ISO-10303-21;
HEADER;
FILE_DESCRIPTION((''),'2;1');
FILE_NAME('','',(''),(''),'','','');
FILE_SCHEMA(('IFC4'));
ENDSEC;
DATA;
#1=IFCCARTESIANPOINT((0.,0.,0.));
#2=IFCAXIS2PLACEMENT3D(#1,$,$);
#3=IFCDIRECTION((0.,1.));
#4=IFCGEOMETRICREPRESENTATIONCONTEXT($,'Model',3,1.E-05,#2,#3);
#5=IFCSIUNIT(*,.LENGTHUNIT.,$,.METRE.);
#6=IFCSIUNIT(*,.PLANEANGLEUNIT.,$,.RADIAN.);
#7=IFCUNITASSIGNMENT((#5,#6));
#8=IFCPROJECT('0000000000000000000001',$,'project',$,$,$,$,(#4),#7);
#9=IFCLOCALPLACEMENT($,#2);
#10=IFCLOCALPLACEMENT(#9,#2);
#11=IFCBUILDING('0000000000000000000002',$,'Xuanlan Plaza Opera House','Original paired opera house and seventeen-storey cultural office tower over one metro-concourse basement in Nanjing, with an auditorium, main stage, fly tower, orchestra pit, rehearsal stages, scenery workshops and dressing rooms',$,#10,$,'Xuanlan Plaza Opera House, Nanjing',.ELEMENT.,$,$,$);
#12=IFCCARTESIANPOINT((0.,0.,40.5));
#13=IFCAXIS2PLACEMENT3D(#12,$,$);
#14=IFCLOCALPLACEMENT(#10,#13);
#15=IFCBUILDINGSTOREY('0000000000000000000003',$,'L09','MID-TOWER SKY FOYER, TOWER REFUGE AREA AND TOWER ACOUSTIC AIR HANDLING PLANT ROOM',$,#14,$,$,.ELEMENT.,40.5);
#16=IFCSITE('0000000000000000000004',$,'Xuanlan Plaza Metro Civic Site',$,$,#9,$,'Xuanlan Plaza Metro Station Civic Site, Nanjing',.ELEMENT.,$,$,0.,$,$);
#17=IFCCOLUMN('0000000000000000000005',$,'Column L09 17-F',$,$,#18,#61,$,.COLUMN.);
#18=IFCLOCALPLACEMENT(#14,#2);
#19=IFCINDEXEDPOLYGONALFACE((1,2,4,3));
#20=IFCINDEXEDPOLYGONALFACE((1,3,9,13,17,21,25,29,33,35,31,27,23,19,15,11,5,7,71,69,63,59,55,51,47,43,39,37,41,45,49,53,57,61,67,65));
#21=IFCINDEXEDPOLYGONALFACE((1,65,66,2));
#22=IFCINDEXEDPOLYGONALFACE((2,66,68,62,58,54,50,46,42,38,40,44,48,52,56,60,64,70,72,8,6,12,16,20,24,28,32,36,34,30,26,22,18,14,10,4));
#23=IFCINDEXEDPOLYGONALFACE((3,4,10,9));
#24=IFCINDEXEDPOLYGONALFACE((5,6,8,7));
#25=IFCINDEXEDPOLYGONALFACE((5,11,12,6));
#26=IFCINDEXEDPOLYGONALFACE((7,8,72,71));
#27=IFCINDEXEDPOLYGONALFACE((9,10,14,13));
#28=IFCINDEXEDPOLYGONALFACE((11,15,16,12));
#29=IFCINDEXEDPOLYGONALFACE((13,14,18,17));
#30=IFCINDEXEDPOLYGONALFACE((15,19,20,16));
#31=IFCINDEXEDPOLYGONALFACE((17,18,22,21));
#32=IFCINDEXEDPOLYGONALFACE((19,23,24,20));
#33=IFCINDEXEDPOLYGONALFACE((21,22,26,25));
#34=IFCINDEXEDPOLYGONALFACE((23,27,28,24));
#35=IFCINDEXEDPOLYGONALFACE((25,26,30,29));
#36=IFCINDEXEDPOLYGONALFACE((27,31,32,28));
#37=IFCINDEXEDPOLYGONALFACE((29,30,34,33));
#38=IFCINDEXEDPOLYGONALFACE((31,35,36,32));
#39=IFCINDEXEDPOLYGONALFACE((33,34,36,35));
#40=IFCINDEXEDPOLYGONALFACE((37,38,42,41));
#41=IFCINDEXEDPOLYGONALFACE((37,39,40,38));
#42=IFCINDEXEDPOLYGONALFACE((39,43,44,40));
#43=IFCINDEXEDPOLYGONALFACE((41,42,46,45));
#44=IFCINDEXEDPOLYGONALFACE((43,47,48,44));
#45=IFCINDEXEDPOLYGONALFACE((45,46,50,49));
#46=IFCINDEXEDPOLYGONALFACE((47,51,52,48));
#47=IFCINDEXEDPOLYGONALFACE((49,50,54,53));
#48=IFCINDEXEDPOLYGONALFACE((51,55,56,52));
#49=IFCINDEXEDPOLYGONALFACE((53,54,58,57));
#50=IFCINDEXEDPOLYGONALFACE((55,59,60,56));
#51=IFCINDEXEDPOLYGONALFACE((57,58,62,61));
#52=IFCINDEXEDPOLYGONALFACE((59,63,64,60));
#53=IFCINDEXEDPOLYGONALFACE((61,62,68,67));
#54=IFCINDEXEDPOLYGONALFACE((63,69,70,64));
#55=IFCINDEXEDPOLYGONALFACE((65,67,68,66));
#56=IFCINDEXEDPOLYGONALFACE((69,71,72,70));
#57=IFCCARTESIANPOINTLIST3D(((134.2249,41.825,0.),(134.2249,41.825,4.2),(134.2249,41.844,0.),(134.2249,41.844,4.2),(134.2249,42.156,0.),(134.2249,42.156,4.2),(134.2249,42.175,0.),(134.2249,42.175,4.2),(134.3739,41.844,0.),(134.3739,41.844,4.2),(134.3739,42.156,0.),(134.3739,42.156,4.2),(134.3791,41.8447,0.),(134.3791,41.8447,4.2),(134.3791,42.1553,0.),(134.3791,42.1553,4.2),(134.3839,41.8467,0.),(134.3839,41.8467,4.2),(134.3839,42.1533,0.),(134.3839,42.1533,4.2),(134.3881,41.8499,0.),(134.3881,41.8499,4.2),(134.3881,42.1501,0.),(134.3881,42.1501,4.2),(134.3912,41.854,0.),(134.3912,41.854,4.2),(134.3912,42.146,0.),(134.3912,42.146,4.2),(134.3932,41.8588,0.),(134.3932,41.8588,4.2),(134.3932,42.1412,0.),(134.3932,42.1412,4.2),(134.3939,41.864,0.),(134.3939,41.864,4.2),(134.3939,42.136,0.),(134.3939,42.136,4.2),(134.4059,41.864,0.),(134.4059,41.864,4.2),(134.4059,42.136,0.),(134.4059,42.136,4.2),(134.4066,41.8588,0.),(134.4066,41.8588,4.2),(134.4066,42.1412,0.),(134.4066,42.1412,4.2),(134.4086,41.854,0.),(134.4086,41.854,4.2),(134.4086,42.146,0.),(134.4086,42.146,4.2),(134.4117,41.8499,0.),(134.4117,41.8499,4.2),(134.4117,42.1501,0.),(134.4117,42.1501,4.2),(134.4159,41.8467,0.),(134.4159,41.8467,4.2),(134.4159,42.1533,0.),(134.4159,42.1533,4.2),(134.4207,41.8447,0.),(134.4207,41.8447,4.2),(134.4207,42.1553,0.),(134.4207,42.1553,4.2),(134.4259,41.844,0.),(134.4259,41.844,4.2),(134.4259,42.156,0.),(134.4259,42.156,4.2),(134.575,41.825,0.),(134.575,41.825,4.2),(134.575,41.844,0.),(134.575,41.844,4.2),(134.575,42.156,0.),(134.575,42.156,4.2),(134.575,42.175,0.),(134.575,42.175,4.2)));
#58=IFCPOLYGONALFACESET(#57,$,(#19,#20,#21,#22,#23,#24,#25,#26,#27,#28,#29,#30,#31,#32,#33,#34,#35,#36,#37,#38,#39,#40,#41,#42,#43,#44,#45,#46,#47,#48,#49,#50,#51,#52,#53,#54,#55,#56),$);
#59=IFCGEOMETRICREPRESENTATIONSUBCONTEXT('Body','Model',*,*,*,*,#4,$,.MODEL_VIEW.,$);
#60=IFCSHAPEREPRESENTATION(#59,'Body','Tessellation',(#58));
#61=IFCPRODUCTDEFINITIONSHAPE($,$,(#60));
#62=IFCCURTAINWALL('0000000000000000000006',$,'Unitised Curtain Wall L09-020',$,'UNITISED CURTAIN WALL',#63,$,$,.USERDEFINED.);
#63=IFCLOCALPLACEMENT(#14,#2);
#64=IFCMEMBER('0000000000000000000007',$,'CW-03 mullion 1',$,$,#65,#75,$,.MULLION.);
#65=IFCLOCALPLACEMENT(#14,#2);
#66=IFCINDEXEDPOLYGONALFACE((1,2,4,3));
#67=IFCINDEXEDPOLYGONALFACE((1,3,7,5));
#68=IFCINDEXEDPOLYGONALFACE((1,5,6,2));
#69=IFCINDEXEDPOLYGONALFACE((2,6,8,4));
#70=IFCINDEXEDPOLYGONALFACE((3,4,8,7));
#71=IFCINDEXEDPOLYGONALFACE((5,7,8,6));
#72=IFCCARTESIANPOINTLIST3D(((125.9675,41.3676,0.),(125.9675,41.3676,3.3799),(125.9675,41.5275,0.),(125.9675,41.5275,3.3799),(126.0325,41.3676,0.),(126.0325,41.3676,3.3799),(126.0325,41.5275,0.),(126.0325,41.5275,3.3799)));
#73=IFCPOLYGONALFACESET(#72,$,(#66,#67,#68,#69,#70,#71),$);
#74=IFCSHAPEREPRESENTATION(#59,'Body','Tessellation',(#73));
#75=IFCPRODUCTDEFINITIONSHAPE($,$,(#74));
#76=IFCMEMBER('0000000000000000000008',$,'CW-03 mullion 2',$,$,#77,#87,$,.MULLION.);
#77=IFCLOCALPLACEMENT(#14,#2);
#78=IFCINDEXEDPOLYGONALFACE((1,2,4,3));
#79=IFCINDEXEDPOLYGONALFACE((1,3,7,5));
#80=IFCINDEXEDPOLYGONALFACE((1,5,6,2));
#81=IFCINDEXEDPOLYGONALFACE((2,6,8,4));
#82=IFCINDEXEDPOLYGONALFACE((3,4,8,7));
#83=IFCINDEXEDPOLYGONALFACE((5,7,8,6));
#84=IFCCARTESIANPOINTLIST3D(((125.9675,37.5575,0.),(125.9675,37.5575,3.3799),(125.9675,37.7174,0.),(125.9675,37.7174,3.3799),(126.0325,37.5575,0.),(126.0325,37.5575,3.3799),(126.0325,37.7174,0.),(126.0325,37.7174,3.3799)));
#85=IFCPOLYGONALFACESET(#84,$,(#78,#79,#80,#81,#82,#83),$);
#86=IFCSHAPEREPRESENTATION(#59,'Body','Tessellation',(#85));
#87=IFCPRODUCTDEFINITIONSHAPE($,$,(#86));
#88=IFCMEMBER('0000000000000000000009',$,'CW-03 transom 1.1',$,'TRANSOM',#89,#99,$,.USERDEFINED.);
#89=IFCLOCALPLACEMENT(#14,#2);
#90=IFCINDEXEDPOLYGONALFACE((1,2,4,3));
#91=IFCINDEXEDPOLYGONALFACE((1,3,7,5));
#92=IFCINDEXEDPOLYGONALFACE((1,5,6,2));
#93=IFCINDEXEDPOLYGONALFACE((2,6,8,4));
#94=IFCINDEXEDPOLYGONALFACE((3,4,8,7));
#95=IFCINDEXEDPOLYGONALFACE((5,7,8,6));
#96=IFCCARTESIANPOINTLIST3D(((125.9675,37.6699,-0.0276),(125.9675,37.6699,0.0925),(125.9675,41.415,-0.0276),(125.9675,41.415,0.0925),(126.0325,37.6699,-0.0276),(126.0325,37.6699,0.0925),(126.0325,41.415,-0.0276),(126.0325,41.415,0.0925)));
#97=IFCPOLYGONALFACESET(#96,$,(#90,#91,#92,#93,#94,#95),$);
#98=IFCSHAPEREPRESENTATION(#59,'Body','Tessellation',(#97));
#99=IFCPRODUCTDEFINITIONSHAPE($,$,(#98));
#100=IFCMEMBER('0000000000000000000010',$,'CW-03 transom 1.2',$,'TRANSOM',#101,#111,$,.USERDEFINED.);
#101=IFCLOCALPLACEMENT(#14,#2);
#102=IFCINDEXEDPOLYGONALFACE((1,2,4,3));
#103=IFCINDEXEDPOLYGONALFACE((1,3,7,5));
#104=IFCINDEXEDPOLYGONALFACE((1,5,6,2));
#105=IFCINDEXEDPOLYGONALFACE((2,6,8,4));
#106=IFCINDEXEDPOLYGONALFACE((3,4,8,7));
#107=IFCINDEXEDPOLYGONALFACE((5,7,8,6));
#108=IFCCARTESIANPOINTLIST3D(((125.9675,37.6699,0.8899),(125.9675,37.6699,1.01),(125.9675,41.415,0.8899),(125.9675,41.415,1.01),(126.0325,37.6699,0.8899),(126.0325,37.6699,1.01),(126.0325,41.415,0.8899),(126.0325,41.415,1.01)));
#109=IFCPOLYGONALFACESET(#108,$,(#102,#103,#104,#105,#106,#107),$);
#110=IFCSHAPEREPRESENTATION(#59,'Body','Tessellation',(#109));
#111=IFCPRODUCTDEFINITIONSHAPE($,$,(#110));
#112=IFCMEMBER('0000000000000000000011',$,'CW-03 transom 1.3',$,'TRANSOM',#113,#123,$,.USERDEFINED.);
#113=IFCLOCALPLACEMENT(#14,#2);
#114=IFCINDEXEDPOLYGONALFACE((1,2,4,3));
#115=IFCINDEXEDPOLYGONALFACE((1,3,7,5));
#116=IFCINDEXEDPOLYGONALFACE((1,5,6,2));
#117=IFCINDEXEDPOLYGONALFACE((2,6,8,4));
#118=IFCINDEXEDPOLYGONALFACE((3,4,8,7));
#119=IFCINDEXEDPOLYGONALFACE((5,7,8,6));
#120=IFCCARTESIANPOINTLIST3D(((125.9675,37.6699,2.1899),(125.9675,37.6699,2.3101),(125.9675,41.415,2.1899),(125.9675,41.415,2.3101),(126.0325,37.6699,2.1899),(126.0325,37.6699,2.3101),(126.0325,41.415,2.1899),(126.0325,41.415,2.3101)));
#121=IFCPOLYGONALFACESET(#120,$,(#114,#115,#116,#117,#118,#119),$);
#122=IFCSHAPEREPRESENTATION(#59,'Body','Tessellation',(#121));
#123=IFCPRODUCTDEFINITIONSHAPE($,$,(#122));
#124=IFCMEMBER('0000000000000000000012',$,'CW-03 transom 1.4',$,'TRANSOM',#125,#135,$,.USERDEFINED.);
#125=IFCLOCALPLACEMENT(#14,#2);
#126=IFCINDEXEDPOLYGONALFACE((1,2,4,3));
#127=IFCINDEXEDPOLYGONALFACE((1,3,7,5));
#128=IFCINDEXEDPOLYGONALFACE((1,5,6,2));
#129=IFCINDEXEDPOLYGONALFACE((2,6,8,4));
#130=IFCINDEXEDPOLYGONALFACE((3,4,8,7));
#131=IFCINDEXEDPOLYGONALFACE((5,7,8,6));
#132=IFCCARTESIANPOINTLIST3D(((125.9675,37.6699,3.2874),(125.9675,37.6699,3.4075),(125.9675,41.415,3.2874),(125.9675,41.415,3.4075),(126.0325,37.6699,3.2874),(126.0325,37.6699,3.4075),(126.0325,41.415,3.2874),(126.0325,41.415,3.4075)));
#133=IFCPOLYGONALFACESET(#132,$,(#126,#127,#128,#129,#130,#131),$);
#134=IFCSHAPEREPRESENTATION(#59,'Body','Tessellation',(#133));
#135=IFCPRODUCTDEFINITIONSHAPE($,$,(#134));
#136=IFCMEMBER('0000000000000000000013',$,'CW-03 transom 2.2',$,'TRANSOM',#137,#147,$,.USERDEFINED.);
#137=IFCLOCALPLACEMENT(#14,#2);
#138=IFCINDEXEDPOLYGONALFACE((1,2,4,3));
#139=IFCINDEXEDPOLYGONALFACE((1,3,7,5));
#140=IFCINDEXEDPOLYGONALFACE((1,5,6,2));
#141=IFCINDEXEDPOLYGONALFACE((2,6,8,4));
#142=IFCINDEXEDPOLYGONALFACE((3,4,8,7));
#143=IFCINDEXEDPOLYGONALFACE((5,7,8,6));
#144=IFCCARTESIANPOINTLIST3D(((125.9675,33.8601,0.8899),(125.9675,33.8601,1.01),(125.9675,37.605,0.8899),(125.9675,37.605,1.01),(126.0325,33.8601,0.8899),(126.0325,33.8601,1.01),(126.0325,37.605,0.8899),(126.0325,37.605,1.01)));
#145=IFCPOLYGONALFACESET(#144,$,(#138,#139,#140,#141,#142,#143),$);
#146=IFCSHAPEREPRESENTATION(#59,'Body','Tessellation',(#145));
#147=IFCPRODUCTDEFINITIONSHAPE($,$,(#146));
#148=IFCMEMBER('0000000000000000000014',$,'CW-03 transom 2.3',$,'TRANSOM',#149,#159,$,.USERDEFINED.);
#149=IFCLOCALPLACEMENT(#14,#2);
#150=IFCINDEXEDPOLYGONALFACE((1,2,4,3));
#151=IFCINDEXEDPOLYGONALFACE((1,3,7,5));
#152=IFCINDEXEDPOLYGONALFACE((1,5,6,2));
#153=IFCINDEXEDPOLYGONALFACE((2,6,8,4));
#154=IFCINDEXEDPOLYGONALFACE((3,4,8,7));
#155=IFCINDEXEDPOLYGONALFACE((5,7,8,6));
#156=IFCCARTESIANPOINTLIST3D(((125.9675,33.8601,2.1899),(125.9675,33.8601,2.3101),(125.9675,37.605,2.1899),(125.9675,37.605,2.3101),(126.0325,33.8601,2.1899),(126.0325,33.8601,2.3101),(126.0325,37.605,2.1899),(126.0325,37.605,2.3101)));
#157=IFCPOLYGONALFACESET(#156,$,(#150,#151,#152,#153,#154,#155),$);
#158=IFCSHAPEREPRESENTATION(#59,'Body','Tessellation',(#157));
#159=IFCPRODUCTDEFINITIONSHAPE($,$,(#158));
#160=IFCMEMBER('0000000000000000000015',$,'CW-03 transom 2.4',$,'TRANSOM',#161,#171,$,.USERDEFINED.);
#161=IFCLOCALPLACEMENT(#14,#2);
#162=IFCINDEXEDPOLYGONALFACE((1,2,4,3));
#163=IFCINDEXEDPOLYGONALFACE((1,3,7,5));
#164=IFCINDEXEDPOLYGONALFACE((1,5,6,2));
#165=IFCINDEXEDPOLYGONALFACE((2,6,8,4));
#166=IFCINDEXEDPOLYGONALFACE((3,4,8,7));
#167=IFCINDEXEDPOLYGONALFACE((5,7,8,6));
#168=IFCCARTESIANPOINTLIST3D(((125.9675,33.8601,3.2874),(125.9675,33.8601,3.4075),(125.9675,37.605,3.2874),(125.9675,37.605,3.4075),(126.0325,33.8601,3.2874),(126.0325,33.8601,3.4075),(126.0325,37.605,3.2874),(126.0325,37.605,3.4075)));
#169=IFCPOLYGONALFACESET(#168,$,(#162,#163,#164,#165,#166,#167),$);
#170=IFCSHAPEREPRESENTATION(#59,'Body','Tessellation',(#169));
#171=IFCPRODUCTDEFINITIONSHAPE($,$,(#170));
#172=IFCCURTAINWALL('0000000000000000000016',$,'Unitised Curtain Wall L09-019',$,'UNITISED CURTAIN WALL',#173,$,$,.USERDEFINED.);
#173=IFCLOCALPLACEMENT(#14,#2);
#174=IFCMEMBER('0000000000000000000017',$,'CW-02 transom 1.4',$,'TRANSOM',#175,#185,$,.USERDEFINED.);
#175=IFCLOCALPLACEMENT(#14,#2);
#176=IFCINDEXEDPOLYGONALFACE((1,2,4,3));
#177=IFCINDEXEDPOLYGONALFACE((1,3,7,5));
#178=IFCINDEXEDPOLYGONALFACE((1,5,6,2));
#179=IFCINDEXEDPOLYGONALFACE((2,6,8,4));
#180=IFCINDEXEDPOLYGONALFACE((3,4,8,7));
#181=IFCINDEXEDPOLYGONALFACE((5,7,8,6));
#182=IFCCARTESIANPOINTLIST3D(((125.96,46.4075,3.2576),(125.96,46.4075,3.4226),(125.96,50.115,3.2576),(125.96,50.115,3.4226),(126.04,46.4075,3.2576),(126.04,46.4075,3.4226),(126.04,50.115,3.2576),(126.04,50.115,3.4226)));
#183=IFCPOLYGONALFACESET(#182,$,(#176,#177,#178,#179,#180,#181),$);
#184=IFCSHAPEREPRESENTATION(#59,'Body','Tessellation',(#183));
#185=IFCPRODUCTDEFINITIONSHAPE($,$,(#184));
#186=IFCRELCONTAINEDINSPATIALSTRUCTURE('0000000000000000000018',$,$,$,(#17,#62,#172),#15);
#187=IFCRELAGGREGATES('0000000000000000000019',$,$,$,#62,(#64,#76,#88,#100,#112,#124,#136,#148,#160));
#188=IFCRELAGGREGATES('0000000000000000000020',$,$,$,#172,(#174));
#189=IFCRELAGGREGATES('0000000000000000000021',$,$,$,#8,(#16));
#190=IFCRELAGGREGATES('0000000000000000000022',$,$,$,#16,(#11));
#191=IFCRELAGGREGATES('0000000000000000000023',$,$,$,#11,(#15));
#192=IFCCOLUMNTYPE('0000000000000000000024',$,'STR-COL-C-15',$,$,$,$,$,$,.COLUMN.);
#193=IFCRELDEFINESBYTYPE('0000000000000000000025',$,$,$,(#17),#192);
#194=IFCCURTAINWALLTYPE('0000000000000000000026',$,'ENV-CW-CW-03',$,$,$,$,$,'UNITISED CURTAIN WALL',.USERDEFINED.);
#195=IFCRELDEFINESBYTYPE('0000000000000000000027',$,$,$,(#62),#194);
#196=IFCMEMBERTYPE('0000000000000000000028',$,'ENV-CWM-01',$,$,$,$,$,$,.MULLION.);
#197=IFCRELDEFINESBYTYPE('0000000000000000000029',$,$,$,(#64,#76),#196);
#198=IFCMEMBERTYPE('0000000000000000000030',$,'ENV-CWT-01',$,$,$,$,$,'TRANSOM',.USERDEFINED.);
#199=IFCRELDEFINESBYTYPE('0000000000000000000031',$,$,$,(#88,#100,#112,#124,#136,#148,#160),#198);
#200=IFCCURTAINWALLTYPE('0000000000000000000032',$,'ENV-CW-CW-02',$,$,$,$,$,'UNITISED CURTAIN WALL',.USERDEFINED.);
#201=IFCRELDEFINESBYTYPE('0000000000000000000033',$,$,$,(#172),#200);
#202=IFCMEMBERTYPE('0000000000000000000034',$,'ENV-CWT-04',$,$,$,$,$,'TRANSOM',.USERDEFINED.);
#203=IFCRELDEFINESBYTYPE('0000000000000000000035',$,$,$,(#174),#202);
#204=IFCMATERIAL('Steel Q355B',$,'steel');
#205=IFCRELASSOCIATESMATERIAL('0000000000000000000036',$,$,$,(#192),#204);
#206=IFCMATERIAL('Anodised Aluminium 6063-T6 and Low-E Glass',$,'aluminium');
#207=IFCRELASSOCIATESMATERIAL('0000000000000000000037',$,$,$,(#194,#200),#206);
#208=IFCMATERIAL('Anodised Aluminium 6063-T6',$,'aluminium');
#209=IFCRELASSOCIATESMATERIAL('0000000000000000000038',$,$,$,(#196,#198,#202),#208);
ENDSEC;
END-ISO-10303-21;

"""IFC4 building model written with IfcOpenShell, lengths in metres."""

from ifc_helpers import new_model, si_unit, direction, frame, origin, origin_2d, place, context, subcontext, project, spatial, rectangle, i_section, extrude, material, material_profile, profile_set, type_object, element, aggregate, save


model = new_model("IFC4")

# Units and contexts
model_context = context("Model", 3, precision=1e-05, world=origin(), true_north=direction((0.0, 1.0)))
body_context = subcontext(model_context, "Body", "Model", "MODEL_VIEW")
ifc_project = project(units=[si_unit("LENGTHUNIT", "METRE"), si_unit("PLANEANGLEUNIT", "RADIAN")], contexts=[model_context])

# Site, building, storey
site_placement = place(None, origin())
site = spatial("IfcSite", under=ifc_project, at=site_placement, Name="Xuanlan Plaza Metro Civic Site", LongName="Xuanlan Plaza Metro Station Civic Site, Nanjing", CompositionType="ELEMENT", RefElevation=0.0)
building_placement = place(site_placement, origin())
building = spatial("IfcBuilding", under=site, at=building_placement, Name="Xuanlan Plaza Opera House", Description="Original paired opera house and seventeen-storey cultural office tower over one metro-concourse basement in Nanjing, with an auditorium, main stage, fly tower, orchestra pit, rehearsal stages, scenery workshops and dressing rooms", LongName="Xuanlan Plaza Opera House, Nanjing", CompositionType="ELEMENT")
storey_placement = place(building_placement, frame((0.0, 0.0, 40.5)))
storey = spatial("IfcBuildingStorey", under=building, at=storey_placement, Name="L09", Description="MID-TOWER SKY FOYER, TOWER REFUGE AREA AND TOWER ACOUSTIC AIR HANDLING PLANT ROOM", CompositionType="ELEMENT", Elevation=40.5)

# Column
ifc_material_1 = material(Name="Steel Q355B", Category="steel")
ifc_material_profile_1 = material_profile(ifc_material_1, i_section(OverallWidth=0.3501, OverallDepth=0.3501, WebThickness=0.012, FlangeThickness=0.019, FilletRadius=0.02, at=origin_2d()), Name="HW 350x350x12x19")
ifc_profile_set_1 = profile_set([ifc_material_profile_1], Name="Steel Q355B")
column_type = type_object("IfcColumnType", Name="STR-COL-C-15", PredefinedType="COLUMN", material=ifc_profile_set_1)
column_placement = place(storey_placement, frame((134.3999, 42.0, 0.0), z_axis=(0.0, 0.0, 1.0), x_axis=(1.0, 0.0, 0.0)))
element("IfcColumn", 1, at=column_placement, inside=storey, type_object=column_type, Name="Column L09 17-F", PredefinedType="COLUMN", context=body_context, shape_type="SweptSolid", body=[
    extrude(i_section(OverallWidth=0.3501, OverallDepth=0.3501, WebThickness=0.012, FlangeThickness=0.019, FilletRadius=0.02, at=origin_2d()), origin(), (0.0, 0.0, 1.0), 4.2),
])

# Curtain walls, members
ifc_material_2 = material(Name="Anodised Aluminium 6063-T6 and Low-E Glass", Category="aluminium")
curtain_wall_type_1 = type_object("IfcCurtainWallType", Name="ENV-CW-CW-03", ElementType="UNITISED CURTAIN WALL", PredefinedType="USERDEFINED", material=ifc_material_2)
curtain_wall_1_placement = place(storey_placement, origin())
curtain_wall_1 = element("IfcCurtainWall", 2, at=curtain_wall_1_placement, inside=storey, type_object=curtain_wall_type_1, Name="Unitised Curtain Wall L09-020", ObjectType="UNITISED CURTAIN WALL", PredefinedType="USERDEFINED")
ifc_material_3 = material(Name="Anodised Aluminium 6063-T6", Category="aluminium")
ifc_material_profile_2 = material_profile(ifc_material_3, rectangle(XDim=0.0649, YDim=0.1599, at=origin_2d()), Name="ALU-M 65x160")
ifc_profile_set_2 = profile_set([ifc_material_profile_2], Name="Anodised Aluminium 6063-T6")
member_type_1 = type_object("IfcMemberType", Name="ENV-CWM-01", PredefinedType="MULLION", material=ifc_profile_set_2)
member_1_placement = place(storey_placement, frame((126.0, 41.4475, 0.0), z_axis=(0.0, 0.0, 1.0), x_axis=(1.0, 0.0, 0.0)))
member_1 = element("IfcMember", 3, at=member_1_placement, type_object=member_type_1, Name="CW-03 mullion 1", PredefinedType="MULLION", context=body_context, shape_type="SweptSolid", body=[
    extrude(rectangle(XDim=0.0649, YDim=0.1599, at=origin_2d()), origin(), (0.0, 0.0, 1.0), 3.3799),
])
member_2_placement = place(storey_placement, frame((126.0, 37.6375, 0.0), z_axis=(0.0, 0.0, 1.0), x_axis=(1.0, 0.0, 0.0)))
member_2 = element("IfcMember", 4, at=member_2_placement, type_object=member_type_1, Name="CW-03 mullion 2", PredefinedType="MULLION", context=body_context, shape_type="SweptSolid", body=[
    extrude(rectangle(XDim=0.0649, YDim=0.1599, at=origin_2d()), origin(), (0.0, 0.0, 1.0), 3.3799),
])
ifc_material_profile_3 = material_profile(ifc_material_3, rectangle(XDim=0.0649, YDim=0.1201, at=origin_2d()), Name="ALU-T 65x120")
ifc_profile_set_3 = profile_set([ifc_material_profile_3], Name="Anodised Aluminium 6063-T6")
member_type_2 = type_object("IfcMemberType", Name="ENV-CWT-01", ElementType="TRANSOM", PredefinedType="USERDEFINED", material=ifc_profile_set_3)
member_3_placement = place(storey_placement, frame((126.0, 41.415, 0.0325), z_axis=(0.0, -1.0, 0.0), x_axis=(1.0, 0.0, 0.0)))
member_3 = element("IfcMember", 5, at=member_3_placement, type_object=member_type_2, Name="CW-03 transom 1.1", ObjectType="TRANSOM", PredefinedType="USERDEFINED", context=body_context, shape_type="SweptSolid", body=[
    extrude(rectangle(XDim=0.0649, YDim=0.1201, at=origin_2d()), origin(), (0.0, 0.0, 1.0), 3.7451),
])
member_4_placement = place(storey_placement, frame((126.0, 41.415, 0.95), z_axis=(0.0, -1.0, 0.0), x_axis=(1.0, 0.0, 0.0)))
member_4 = element("IfcMember", 6, at=member_4_placement, type_object=member_type_2, Name="CW-03 transom 1.2", ObjectType="TRANSOM", PredefinedType="USERDEFINED", context=body_context, shape_type="SweptSolid", body=[
    extrude(rectangle(XDim=0.0649, YDim=0.1201, at=origin_2d()), origin(), (0.0, 0.0, 1.0), 3.7451),
])
member_5_placement = place(storey_placement, frame((126.0, 41.415, 2.25), z_axis=(0.0, -1.0, 0.0), x_axis=(1.0, 0.0, 0.0)))
member_5 = element("IfcMember", 7, at=member_5_placement, type_object=member_type_2, Name="CW-03 transom 1.3", ObjectType="TRANSOM", PredefinedType="USERDEFINED", context=body_context, shape_type="SweptSolid", body=[
    extrude(rectangle(XDim=0.0649, YDim=0.1201, at=origin_2d()), origin(), (0.0, 0.0, 1.0), 3.7451),
])
member_6_placement = place(storey_placement, frame((126.0, 41.415, 3.3474), z_axis=(0.0, -1.0, 0.0), x_axis=(1.0, 0.0, 0.0)))
member_6 = element("IfcMember", 8, at=member_6_placement, type_object=member_type_2, Name="CW-03 transom 1.4", ObjectType="TRANSOM", PredefinedType="USERDEFINED", context=body_context, shape_type="SweptSolid", body=[
    extrude(rectangle(XDim=0.0649, YDim=0.1201, at=origin_2d()), origin(), (0.0, 0.0, 1.0), 3.7451),
])
member_7_placement = place(storey_placement, frame((126.0, 37.605, 0.95), z_axis=(0.0, -1.0, 0.0), x_axis=(1.0, 0.0, 0.0)))
member_7 = element("IfcMember", 9, at=member_7_placement, type_object=member_type_2, Name="CW-03 transom 2.2", ObjectType="TRANSOM", PredefinedType="USERDEFINED", context=body_context, shape_type="SweptSolid", body=[
    extrude(rectangle(XDim=0.0649, YDim=0.1201, at=origin_2d()), origin(), (0.0, 0.0, 1.0), 3.7449),
])
member_8_placement = place(storey_placement, frame((126.0, 37.605, 2.25), z_axis=(0.0, -1.0, 0.0), x_axis=(1.0, 0.0, 0.0)))
member_8 = element("IfcMember", 10, at=member_8_placement, type_object=member_type_2, Name="CW-03 transom 2.3", ObjectType="TRANSOM", PredefinedType="USERDEFINED", context=body_context, shape_type="SweptSolid", body=[
    extrude(rectangle(XDim=0.0649, YDim=0.1201, at=origin_2d()), origin(), (0.0, 0.0, 1.0), 3.7449),
])
member_9_placement = place(storey_placement, frame((126.0, 37.605, 3.3474), z_axis=(0.0, -1.0, 0.0), x_axis=(1.0, 0.0, 0.0)))
member_9 = element("IfcMember", 11, at=member_9_placement, type_object=member_type_2, Name="CW-03 transom 2.4", ObjectType="TRANSOM", PredefinedType="USERDEFINED", context=body_context, shape_type="SweptSolid", body=[
    extrude(rectangle(XDim=0.0649, YDim=0.1201, at=origin_2d()), origin(), (0.0, 0.0, 1.0), 3.7449),
])
curtain_wall_type_2 = type_object("IfcCurtainWallType", Name="ENV-CW-CW-02", ElementType="UNITISED CURTAIN WALL", PredefinedType="USERDEFINED", material=ifc_material_2)
curtain_wall_2_placement = place(storey_placement, origin())
curtain_wall_2 = element("IfcCurtainWall", 12, at=curtain_wall_2_placement, inside=storey, type_object=curtain_wall_type_2, Name="Unitised Curtain Wall L09-019", ObjectType="UNITISED CURTAIN WALL", PredefinedType="USERDEFINED")
ifc_material_profile_4 = material_profile(ifc_material_3, rectangle(XDim=0.0801, YDim=0.165, at=origin_2d()), Name="ALU-T 80x165")
ifc_profile_set_4 = profile_set([ifc_material_profile_4], Name="Anodised Aluminium 6063-T6")
member_type_3 = type_object("IfcMemberType", Name="ENV-CWT-04", ElementType="TRANSOM", PredefinedType="USERDEFINED", material=ifc_profile_set_4)
member_10_placement = place(storey_placement, frame((126.0, 50.115, 3.3401), z_axis=(0.0, -1.0, 0.0), x_axis=(1.0, 0.0, 0.0)))
member_10 = element("IfcMember", 13, at=member_10_placement, type_object=member_type_3, Name="CW-02 transom 1.4", ObjectType="TRANSOM", PredefinedType="USERDEFINED", context=body_context, shape_type="SweptSolid", body=[
    extrude(rectangle(XDim=0.0801, YDim=0.165, at=origin_2d()), origin(), (0.0, 0.0, 1.0), 3.7075),
])

aggregate(curtain_wall_1, [member_1, member_2, member_3, member_4, member_5, member_6, member_7, member_8, member_9])
aggregate(curtain_wall_2, [member_10])

save(model, "model.ifc")
